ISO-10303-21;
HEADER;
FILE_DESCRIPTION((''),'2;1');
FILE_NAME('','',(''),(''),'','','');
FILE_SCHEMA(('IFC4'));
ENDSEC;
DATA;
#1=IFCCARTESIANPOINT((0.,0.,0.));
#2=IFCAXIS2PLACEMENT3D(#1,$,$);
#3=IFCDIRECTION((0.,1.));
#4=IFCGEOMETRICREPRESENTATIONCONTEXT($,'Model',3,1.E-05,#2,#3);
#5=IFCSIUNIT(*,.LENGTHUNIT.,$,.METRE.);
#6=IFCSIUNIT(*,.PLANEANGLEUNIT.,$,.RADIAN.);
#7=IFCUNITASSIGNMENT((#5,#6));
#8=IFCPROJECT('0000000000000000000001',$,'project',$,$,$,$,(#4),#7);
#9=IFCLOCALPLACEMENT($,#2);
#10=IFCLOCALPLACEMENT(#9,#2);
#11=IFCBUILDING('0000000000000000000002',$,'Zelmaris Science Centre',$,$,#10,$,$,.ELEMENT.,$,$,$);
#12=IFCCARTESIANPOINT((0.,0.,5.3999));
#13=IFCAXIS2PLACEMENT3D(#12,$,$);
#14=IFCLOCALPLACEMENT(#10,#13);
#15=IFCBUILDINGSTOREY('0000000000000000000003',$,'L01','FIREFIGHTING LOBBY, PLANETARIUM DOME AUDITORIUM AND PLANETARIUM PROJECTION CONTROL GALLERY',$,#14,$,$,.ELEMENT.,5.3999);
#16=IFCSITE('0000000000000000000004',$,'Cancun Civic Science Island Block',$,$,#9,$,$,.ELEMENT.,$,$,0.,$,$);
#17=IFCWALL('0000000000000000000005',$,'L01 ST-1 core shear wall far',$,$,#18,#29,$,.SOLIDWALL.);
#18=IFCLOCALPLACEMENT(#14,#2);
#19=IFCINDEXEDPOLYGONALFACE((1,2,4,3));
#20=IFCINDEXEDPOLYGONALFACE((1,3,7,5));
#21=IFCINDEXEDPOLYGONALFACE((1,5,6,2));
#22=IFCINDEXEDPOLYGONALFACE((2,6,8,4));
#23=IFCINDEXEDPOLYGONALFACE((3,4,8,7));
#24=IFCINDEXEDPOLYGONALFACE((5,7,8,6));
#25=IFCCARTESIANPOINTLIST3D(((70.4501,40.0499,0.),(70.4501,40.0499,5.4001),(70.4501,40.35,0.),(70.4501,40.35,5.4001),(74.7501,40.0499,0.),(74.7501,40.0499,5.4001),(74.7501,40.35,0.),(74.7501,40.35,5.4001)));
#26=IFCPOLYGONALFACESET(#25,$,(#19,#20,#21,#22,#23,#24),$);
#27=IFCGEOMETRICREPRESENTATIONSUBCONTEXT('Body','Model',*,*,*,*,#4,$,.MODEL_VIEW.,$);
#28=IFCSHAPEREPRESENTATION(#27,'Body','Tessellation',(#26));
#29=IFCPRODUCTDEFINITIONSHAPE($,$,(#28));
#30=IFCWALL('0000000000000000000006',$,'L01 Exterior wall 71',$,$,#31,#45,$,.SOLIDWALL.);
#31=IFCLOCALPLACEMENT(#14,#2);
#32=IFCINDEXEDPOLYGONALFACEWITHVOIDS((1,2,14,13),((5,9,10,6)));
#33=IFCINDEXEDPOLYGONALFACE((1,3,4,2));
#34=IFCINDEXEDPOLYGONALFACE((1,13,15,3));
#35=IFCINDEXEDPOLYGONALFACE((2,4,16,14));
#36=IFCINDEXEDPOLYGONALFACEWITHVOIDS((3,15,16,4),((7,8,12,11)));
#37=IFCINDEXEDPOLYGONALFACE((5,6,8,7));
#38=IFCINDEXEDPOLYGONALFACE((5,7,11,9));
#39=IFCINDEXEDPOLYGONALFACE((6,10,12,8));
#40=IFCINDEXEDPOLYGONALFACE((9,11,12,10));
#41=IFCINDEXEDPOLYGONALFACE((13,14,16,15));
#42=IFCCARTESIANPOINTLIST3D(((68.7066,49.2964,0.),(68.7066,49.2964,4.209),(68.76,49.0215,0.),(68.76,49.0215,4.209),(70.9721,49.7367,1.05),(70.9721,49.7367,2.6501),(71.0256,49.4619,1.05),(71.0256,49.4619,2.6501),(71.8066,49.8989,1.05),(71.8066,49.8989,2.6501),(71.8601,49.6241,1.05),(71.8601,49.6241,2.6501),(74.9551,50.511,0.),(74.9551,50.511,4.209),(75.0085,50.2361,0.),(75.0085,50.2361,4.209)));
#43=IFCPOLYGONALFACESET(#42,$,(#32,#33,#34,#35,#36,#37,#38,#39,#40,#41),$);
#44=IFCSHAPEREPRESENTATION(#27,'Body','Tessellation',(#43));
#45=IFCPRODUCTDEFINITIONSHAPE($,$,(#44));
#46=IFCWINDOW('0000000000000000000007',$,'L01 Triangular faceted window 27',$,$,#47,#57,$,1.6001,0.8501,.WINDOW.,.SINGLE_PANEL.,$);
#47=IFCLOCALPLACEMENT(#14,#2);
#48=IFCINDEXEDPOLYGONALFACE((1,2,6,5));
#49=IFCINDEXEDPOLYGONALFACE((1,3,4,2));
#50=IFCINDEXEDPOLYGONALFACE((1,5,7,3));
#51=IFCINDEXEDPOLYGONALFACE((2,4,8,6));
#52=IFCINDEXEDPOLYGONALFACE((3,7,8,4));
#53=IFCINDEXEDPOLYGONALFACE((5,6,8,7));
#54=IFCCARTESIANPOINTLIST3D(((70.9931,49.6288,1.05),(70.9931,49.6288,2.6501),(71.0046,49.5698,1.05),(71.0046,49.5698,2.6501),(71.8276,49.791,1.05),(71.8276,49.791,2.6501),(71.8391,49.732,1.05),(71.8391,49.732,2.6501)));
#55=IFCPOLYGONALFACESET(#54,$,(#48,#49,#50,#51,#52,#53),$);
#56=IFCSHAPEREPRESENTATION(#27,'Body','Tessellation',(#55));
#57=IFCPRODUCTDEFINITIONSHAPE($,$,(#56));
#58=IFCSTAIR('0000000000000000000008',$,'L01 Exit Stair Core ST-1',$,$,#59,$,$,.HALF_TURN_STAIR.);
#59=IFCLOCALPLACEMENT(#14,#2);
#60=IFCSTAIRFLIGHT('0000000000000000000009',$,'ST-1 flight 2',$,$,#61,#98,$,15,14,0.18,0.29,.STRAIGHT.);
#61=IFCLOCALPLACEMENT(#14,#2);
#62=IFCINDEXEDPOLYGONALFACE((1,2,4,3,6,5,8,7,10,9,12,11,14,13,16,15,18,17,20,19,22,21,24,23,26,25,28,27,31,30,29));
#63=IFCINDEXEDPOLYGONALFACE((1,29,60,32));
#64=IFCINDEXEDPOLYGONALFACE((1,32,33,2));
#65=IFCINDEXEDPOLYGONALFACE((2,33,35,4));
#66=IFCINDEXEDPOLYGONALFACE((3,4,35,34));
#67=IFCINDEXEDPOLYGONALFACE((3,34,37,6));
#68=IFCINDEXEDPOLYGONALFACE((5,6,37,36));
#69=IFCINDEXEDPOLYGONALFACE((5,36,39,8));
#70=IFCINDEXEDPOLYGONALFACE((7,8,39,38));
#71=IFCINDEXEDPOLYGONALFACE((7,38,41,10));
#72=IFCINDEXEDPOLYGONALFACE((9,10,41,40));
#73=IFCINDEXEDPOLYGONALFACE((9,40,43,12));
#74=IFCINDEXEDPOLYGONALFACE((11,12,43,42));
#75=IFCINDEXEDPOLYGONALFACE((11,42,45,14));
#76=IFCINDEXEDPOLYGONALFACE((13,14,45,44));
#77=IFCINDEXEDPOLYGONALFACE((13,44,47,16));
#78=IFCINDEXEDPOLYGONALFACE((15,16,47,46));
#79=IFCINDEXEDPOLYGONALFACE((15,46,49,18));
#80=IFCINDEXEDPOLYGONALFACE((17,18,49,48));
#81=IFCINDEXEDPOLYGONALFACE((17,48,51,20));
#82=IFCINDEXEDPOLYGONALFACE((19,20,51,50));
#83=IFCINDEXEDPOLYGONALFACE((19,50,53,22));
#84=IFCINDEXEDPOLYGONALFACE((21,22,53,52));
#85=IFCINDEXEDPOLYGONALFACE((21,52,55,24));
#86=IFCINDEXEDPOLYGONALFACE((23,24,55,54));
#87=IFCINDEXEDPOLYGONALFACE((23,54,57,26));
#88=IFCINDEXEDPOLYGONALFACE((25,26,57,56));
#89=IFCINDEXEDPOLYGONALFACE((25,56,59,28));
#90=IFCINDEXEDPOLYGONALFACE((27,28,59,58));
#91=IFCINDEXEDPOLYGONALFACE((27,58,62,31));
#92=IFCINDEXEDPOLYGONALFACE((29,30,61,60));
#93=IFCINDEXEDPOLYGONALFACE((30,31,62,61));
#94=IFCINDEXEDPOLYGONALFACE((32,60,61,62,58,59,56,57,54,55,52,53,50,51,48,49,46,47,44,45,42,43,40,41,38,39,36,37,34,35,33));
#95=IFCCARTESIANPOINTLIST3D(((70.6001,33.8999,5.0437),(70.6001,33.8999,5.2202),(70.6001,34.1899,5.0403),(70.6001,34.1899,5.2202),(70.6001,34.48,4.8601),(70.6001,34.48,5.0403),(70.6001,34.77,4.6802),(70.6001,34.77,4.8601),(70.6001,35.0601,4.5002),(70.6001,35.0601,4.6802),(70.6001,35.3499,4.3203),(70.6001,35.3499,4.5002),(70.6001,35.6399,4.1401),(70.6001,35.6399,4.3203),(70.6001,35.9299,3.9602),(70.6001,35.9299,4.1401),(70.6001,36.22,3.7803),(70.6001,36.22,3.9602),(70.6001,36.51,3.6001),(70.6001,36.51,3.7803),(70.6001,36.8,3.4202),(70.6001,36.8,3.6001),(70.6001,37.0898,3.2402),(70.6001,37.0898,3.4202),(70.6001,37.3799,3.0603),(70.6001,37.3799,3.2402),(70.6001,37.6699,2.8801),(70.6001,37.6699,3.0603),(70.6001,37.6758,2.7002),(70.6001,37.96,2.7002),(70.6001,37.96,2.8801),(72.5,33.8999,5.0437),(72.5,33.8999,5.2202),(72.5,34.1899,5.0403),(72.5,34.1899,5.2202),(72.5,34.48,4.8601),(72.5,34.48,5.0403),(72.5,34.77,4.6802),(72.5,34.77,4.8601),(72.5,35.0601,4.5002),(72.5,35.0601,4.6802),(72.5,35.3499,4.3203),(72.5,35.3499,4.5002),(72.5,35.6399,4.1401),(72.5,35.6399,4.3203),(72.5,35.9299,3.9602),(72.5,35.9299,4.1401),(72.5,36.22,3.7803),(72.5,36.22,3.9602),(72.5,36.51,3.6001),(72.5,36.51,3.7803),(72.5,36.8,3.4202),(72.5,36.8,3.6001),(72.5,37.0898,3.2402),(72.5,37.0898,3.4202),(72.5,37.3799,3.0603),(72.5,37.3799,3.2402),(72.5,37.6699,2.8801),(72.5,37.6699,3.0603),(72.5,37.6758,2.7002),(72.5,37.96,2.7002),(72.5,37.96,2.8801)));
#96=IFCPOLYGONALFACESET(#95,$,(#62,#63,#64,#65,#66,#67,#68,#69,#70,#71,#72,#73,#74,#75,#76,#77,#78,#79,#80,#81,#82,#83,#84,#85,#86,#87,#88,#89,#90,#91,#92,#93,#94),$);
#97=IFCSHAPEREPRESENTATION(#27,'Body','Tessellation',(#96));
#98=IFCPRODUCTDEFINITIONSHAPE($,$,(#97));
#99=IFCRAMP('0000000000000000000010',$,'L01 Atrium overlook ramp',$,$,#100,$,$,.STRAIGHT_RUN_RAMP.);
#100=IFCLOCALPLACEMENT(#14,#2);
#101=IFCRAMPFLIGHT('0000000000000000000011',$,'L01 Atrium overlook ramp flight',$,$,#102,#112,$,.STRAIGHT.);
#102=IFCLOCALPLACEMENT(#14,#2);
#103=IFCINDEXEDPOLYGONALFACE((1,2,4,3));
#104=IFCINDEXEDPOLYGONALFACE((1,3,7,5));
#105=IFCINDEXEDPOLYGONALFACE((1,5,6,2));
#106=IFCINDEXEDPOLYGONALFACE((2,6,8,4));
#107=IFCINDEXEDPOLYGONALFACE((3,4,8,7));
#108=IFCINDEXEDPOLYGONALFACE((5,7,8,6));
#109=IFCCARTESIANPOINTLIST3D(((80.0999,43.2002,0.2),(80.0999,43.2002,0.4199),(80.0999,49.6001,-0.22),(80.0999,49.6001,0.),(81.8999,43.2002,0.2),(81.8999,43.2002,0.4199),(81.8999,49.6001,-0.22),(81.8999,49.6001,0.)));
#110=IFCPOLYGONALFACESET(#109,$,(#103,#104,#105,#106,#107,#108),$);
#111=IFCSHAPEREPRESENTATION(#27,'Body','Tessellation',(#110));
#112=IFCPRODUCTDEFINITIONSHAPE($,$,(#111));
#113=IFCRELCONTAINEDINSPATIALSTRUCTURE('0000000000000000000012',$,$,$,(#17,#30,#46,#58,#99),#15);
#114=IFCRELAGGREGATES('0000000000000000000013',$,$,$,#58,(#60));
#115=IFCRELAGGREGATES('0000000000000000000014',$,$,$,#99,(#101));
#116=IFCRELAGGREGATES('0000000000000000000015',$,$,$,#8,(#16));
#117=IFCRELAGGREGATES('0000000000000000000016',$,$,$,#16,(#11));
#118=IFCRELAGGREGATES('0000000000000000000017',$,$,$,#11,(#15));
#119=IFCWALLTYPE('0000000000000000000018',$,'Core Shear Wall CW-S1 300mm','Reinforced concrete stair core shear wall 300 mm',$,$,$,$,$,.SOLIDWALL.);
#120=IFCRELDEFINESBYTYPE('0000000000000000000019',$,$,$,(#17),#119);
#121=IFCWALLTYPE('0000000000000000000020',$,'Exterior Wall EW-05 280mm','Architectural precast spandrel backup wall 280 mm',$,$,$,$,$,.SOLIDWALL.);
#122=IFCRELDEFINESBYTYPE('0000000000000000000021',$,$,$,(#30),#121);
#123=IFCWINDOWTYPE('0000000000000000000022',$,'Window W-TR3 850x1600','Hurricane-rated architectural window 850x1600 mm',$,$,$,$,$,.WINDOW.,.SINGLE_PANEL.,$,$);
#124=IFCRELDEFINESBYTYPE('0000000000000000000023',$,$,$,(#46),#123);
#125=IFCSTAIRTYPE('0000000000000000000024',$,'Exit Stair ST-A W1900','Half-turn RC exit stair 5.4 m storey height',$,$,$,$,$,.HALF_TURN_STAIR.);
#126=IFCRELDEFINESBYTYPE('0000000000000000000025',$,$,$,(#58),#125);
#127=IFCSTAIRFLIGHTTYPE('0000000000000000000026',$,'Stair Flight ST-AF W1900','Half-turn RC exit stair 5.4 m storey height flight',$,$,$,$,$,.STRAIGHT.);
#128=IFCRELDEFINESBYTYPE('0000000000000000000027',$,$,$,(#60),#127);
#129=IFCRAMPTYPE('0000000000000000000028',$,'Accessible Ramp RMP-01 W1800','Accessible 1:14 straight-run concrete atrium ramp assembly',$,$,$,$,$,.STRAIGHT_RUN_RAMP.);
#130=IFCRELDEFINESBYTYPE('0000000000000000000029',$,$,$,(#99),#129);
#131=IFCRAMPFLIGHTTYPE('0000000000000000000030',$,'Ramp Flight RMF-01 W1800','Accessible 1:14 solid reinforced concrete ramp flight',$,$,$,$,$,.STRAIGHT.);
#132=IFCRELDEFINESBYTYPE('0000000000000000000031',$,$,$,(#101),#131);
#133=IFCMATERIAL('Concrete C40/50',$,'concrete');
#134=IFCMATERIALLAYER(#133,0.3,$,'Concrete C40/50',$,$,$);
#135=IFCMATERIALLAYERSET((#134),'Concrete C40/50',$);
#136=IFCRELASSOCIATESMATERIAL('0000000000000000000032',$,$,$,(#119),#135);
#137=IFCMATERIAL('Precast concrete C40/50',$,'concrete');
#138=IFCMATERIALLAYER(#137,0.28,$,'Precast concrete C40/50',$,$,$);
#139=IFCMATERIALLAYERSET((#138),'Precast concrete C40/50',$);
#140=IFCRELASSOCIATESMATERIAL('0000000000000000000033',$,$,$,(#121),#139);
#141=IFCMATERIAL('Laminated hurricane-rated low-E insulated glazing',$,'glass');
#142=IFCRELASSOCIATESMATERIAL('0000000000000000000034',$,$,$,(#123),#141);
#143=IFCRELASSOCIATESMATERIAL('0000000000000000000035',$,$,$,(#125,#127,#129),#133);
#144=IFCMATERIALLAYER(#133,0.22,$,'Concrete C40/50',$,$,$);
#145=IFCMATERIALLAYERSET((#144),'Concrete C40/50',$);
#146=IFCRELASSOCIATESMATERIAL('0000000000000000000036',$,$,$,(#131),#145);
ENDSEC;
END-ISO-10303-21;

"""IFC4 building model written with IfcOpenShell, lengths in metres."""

from ifc_helpers import new_model, si_unit, direction, frame, frame_2d, origin, place, context, subcontext, project, spatial, polyline, rectangle, outline, extrude, material, layer, layer_set, type_object, element, fill, aggregate, save


model = new_model("IFC4")

# Units and contexts
model_context = context("Model", 3, precision=1e-05, world=origin(), true_north=direction((0.0, 1.0)))
body_context = subcontext(model_context, "Body", "Model", "MODEL_VIEW")
ifc_project = project(units=[si_unit("LENGTHUNIT", "METRE"), si_unit("PLANEANGLEUNIT", "RADIAN")], contexts=[model_context])

# Site, building, storey
site_placement = place(None, origin())
site = spatial("IfcSite", under=ifc_project, at=site_placement, Name="Cancun Civic Science Island Block", CompositionType="ELEMENT", RefElevation=0.0)
building_placement = place(site_placement, origin())
building = spatial("IfcBuilding", under=site, at=building_placement, Name="Zelmaris Science Centre", CompositionType="ELEMENT")
storey_placement = place(building_placement, frame((0.0, 0.0, 5.3999)))
storey = spatial("IfcBuildingStorey", under=building, at=storey_placement, Name="L01", Description="FIREFIGHTING LOBBY, PLANETARIUM DOME AUDITORIUM AND PLANETARIUM PROJECTION CONTROL GALLERY", CompositionType="ELEMENT", Elevation=5.3999)

# Shared definitions
ifc_material_1 = material(Name="Precast concrete C40/50", Category="concrete")

# Wall
ifc_material_2 = material(Name="Concrete C40/50", Category="concrete")
ifc_layer_1 = layer(ifc_material_2, 0.3, Name="Concrete C40/50")
ifc_layer_set_1 = layer_set([ifc_layer_1], Name="Concrete C40/50")
wall_type_1 = type_object("IfcWallType", Name="Core Shear Wall CW-S1 300mm", Description="Reinforced concrete stair core shear wall 300 mm", PredefinedType="SOLIDWALL", material=ifc_layer_set_1)
wall_1_placement = place(storey_placement, frame((74.75, 40.2, 0.0), z_axis=(0.0, 0.0, 1.0), x_axis=(-1.0, 0.0, 0.0)))
element("IfcWall", 1, at=wall_1_placement, inside=storey, type_object=wall_type_1, Name="L01 ST-1 core shear wall far", PredefinedType="SOLIDWALL", context=body_context, shape_type="SweptSolid", body=[
    extrude(rectangle(XDim=4.3, YDim=0.3, at=frame_2d((2.1499, 0.0))), origin(), (0.0, 0.0, 1.0), 5.4001),
])

# Wall, opening, window
ifc_layer_2 = layer(ifc_material_1, 0.28, Name="Precast concrete C40/50")
ifc_layer_set_2 = layer_set([ifc_layer_2], Name="Precast concrete C40/50")
wall_type_2 = type_object("IfcWallType", Name="Exterior Wall EW-05 280mm", Description="Architectural precast spandrel backup wall 280 mm", PredefinedType="SOLIDWALL", material=ifc_layer_set_2)
wall_2_placement = place(storey_placement, frame((68.7334, 49.1589, 0.0), z_axis=(0.0, 0.0, 1.0), x_axis=(0.981627, 0.19081, 0.0)))
wall_2 = element("IfcWall", 2, at=wall_2_placement, inside=storey, type_object=wall_type_2, Name="L01 Exterior wall 71", PredefinedType="SOLIDWALL", context=body_context, shape_type="SweptSolid", body=[
    extrude(rectangle(XDim=6.3655, YDim=0.28, at=frame_2d((3.1826, 0.0))), origin(), (0.0, 0.0, 1.0), 4.209),
])
opening_placement = place(wall_2_placement, frame((2.3079, 0.0, 1.05)))
opening = element("IfcOpeningElement", 3, at=opening_placement, cuts=wall_2, PredefinedType="OPENING", context=body_context, shape_type="SweptSolid", body=[
    extrude(rectangle(XDim=0.8501, YDim=1.6001, at=frame_2d((0.425, 0.8))), frame((0.0, 0.1499, 0.0), z_axis=(0.0, -1.0, 0.0), x_axis=(1.0, 0.0, 0.0)), (0.0, 0.0, 1.0), 0.3),
])
ifc_material_3 = material(Name="Laminated hurricane-rated low-E insulated glazing", Category="glass")
window_type = type_object("IfcWindowType", Name="Window W-TR3 850x1600", Description="Hurricane-rated architectural window 850x1600 mm", PartitioningType="SINGLE_PANEL", PredefinedType="WINDOW", material=ifc_material_3)
window_placement = place(opening_placement, origin())
window = element("IfcWindow", 4, at=window_placement, inside=storey, type_object=window_type, Name="L01 Triangular faceted window 27", OverallHeight=1.6001, OverallWidth=0.8501, PartitioningType="SINGLE_PANEL", PredefinedType="WINDOW", context=body_context, shape_type="SweptSolid", body=[
    extrude(rectangle(XDim=0.8501, YDim=1.6001, at=frame_2d((0.425, 0.8))), frame((0.0, 0.03, 0.0), z_axis=(0.0, -1.0, 0.0), x_axis=(1.0, 0.0, 0.0)), (0.0, 0.0, 1.0), 0.0601),
])
fill(opening, window)

# Stair, stair flight
stair_type = type_object("IfcStairType", Name="Exit Stair ST-A W1900", Description="Half-turn RC exit stair 5.4 m storey height", PredefinedType="HALF_TURN_STAIR", material=ifc_material_2)
stair_placement = place(storey_placement, origin())
stair = element("IfcStair", 5, at=stair_placement, inside=storey, type_object=stair_type, Name="L01 Exit Stair Core ST-1", PredefinedType="HALF_TURN_STAIR")
stair_flight_type = type_object("IfcStairFlightType", Name="Stair Flight ST-AF W1900", Description="Half-turn RC exit stair 5.4 m storey height flight", PredefinedType="STRAIGHT", material=ifc_material_2)
stair_flight_placement = place(storey_placement, frame((71.55, 37.96, 2.7002), z_axis=(0.0, 0.0, 1.0), x_axis=(0.0, -1.0, 0.0)))
stair_flight = element("IfcStairFlight", 6, at=stair_flight_placement, type_object=stair_flight_type, Name="ST-1 flight 2", NumberOfRisers=15, NumberOfTreads=14, PredefinedType="STRAIGHT", RiserHeight=0.18, TreadLength=0.29, context=body_context, shape_type="SweptSolid", body=[
    extrude(outline(polyline([(0.0, 0.0), (0.0, 0.1799), (0.29, 0.1799), (0.29, 0.3601), (0.5801, 0.3601), (0.5801, 0.54), (0.8701, 0.54), (0.8701, 0.72), (1.1599, 0.72), (1.1599, 0.8999), (1.45, 0.8999), (1.45, 1.0801), (1.74, 1.0801), (1.74, 1.26), (2.03, 1.26), (2.03, 1.4399), (2.3201, 1.4399), (2.3201, 1.6201), (2.6101, 1.6201), (2.6101, 1.8), (2.8999, 1.8), (2.8999, 1.98), (3.1899, 1.98), (3.1899, 2.1599), (3.48, 2.1599), (3.48, 2.3401), (3.77, 2.3401), (3.77, 2.52), (4.0601, 2.52), (4.0601, 2.7), (4.0601, 2.3435), (0.2842, 0.0), (0.0, 0.0)])), frame((0.0, 0.95, 0.0), z_axis=(0.0, -1.0, 0.0), x_axis=(1.0, 0.0, 0.0)), (0.0, 0.0, 1.0), 1.8999),
])
aggregate(stair, [stair_flight])

# Ramp, ramp flight
ramp_type = type_object("IfcRampType", Name="Accessible Ramp RMP-01 W1800", Description="Accessible 1:14 straight-run concrete atrium ramp assembly", PredefinedType="STRAIGHT_RUN_RAMP", material=ifc_material_2)
ramp_placement = place(storey_placement, origin())
ramp = element("IfcRamp", 7, at=ramp_placement, inside=storey, type_object=ramp_type, Name="L01 Atrium overlook ramp", PredefinedType="STRAIGHT_RUN_RAMP")
ifc_layer_3 = layer(ifc_material_2, 0.22, Name="Concrete C40/50")
ifc_layer_set_3 = layer_set([ifc_layer_3], Name="Concrete C40/50")
ramp_flight_type = type_object("IfcRampFlightType", Name="Ramp Flight RMF-01 W1800", Description="Accessible 1:14 solid reinforced concrete ramp flight", PredefinedType="STRAIGHT", material=ifc_layer_set_3)
ramp_flight_placement = place(storey_placement, frame((81.0, 49.6001, 0.0), z_axis=(0.0, 0.0, 1.0), x_axis=(0.0, -1.0, 0.0)))
ramp_flight = element("IfcRampFlight", 8, at=ramp_flight_placement, type_object=ramp_flight_type, Name="L01 Atrium overlook ramp flight", PredefinedType="STRAIGHT", context=body_context, shape_type="SweptSolid", body=[
    extrude(outline(polyline([(0.0, 0.0), (6.3999, 0.4199), (6.3999, 0.2), (0.0, -0.22), (0.0, 0.0)])), frame((0.0, 0.8999, 0.0), z_axis=(0.0, -1.0, 0.0), x_axis=(1.0, 0.0, 0.0)), (0.0, 0.0, 1.0), 1.8),
])
aggregate(ramp, [ramp_flight])

save(model, "model.ifc")
